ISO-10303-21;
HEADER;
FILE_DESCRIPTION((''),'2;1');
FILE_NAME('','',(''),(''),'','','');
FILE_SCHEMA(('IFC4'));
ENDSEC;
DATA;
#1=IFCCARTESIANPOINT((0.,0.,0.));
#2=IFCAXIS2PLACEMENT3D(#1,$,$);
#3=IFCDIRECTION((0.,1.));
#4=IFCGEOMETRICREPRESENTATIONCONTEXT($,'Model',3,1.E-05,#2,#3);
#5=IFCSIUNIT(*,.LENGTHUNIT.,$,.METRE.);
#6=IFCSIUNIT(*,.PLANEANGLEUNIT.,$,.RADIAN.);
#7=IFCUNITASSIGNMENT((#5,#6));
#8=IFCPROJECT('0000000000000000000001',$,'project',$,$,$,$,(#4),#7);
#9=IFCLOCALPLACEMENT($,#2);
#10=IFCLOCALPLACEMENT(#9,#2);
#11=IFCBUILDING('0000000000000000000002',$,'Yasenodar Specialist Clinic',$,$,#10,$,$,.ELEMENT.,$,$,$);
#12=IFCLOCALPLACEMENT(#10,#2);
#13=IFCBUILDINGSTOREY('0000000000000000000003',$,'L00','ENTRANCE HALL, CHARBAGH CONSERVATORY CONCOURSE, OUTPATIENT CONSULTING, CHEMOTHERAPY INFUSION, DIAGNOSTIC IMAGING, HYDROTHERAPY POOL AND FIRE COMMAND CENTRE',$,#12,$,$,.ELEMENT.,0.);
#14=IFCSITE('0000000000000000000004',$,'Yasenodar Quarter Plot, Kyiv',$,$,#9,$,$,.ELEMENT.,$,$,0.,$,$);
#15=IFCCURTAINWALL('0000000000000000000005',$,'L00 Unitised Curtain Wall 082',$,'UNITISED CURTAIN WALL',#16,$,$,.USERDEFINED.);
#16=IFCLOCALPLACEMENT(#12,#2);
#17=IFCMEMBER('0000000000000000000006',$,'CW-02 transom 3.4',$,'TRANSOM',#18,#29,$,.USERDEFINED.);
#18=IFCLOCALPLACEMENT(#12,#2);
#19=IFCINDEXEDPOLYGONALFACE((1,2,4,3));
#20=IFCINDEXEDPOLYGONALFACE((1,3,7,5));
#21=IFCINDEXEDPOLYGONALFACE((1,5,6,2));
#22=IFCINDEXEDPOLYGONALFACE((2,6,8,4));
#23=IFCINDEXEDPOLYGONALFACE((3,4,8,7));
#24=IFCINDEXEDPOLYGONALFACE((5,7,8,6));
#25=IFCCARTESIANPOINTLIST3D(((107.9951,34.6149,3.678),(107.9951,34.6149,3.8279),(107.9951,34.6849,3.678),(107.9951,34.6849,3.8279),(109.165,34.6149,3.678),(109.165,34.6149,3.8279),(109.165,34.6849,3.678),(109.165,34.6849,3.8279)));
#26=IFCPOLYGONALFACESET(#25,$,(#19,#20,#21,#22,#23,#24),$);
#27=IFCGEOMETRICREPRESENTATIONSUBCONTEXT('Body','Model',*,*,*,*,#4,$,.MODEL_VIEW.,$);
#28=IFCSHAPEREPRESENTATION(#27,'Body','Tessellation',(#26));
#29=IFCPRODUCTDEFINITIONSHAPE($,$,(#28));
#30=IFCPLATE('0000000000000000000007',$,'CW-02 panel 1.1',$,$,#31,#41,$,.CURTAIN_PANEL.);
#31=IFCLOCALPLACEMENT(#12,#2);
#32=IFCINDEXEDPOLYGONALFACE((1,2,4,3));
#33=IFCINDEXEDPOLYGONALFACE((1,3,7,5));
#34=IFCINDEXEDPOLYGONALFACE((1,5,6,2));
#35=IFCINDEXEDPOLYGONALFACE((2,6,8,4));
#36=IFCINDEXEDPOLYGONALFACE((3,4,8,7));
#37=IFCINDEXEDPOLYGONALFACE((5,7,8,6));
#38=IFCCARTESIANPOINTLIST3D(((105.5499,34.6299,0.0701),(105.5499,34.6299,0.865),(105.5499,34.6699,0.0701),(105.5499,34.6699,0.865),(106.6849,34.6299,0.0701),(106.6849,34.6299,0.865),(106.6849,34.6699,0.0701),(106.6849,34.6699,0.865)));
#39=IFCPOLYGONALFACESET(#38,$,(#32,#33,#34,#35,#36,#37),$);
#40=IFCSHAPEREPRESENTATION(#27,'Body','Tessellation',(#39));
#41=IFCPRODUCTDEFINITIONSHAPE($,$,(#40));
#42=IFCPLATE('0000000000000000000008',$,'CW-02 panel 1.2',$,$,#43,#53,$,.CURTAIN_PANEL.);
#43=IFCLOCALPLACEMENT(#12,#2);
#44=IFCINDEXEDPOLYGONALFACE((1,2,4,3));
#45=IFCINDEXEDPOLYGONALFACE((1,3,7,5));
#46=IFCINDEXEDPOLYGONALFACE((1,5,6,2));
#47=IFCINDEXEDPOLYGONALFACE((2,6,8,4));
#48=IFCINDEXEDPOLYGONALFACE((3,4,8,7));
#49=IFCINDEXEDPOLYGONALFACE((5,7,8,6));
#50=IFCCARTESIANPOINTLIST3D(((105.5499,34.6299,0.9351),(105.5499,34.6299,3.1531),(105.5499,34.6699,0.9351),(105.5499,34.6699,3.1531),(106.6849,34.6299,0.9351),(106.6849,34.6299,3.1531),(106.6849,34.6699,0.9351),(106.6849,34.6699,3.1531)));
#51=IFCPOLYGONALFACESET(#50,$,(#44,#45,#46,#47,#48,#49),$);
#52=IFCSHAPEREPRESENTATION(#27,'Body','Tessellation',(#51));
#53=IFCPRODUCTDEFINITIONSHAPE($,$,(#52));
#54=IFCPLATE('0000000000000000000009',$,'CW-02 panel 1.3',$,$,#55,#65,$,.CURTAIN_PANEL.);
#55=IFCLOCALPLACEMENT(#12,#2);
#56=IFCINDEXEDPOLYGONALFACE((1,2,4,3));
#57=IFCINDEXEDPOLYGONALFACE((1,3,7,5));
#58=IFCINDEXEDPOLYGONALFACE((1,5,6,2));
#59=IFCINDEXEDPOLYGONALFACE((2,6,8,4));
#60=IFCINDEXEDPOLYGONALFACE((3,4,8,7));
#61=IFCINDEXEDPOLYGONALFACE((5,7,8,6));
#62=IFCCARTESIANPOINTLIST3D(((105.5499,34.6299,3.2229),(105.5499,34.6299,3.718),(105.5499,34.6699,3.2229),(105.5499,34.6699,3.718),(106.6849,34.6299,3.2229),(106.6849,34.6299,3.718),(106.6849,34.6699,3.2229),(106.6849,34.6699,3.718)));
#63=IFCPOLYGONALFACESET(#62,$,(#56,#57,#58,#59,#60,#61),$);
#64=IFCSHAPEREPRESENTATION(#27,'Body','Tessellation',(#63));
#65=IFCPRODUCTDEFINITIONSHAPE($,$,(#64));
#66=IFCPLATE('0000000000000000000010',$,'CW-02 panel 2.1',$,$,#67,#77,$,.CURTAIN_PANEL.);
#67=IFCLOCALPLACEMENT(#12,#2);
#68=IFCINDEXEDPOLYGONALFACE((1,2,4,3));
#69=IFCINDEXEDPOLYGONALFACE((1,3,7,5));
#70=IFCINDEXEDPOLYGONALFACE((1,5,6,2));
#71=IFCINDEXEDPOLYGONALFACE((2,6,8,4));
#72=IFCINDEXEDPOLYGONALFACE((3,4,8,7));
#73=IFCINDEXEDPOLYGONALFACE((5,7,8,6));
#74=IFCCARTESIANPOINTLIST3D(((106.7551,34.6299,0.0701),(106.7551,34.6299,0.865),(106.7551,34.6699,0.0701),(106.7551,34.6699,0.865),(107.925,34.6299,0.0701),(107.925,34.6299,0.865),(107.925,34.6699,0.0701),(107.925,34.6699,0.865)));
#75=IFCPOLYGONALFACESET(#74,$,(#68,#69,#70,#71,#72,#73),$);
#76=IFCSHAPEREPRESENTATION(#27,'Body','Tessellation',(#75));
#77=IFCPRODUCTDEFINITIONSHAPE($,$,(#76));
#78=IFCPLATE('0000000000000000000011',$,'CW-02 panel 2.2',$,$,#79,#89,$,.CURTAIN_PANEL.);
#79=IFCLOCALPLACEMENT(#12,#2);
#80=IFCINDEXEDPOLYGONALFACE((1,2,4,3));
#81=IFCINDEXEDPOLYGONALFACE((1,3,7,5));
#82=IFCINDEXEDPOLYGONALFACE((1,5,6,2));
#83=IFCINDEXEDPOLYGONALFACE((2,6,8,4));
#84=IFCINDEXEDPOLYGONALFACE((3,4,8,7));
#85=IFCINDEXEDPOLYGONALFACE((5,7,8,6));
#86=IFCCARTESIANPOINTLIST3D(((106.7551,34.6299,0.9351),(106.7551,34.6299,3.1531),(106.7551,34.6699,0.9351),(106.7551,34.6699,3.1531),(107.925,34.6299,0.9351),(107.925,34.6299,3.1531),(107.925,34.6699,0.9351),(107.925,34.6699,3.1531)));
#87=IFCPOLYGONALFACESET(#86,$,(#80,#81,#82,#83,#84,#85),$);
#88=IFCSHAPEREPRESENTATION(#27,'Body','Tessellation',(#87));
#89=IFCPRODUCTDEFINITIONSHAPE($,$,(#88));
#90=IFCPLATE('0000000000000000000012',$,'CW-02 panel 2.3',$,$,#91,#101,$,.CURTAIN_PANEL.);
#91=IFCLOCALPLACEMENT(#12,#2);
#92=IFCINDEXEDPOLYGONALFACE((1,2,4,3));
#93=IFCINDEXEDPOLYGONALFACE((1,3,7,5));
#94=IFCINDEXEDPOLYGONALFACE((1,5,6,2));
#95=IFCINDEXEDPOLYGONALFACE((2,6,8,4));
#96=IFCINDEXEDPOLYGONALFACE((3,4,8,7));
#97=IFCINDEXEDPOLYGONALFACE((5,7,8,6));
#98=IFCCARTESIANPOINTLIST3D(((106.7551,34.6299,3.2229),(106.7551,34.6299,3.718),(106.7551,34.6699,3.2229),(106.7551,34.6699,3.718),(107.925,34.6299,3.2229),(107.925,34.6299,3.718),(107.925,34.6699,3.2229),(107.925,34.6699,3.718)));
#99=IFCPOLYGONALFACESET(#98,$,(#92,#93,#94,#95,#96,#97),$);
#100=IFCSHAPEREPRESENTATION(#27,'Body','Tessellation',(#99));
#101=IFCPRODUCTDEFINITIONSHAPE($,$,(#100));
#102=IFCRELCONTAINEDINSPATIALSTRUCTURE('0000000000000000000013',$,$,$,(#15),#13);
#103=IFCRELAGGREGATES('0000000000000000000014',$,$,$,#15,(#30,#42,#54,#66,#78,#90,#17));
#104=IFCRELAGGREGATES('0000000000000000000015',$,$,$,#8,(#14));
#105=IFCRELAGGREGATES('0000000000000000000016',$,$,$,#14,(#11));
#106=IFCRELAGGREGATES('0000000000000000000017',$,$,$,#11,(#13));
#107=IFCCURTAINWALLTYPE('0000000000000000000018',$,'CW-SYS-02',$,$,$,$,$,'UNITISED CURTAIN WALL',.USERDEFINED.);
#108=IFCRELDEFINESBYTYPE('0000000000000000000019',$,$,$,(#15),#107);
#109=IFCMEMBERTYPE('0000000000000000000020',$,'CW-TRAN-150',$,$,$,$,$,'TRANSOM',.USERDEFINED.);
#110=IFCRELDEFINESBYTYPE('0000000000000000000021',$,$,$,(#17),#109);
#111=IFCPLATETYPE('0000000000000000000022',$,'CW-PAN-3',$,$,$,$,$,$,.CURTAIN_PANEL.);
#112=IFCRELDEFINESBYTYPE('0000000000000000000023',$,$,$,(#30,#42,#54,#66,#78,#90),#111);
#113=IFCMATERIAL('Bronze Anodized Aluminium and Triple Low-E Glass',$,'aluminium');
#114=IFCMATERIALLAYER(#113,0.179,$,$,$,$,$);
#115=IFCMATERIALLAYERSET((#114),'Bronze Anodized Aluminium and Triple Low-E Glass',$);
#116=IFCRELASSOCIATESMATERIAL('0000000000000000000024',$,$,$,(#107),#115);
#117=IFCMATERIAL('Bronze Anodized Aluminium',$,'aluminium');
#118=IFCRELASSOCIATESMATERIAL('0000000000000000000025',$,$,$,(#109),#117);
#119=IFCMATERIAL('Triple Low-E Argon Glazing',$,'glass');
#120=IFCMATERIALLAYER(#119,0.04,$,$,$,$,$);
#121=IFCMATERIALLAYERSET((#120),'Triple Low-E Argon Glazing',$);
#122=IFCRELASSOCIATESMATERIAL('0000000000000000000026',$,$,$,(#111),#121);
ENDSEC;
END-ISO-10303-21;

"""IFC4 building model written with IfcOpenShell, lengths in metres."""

from ifc_helpers import new_model, si_unit, direction, frame, origin, origin_2d, place, context, subcontext, project, spatial, rectangle, extrude, material, layer, layer_set, material_profile, profile_set, type_object, element, aggregate, save


model = new_model("IFC4")

# Units and contexts
model_context = context("Model", 3, precision=1e-05, world=origin(), true_north=direction((0.0, 1.0)))
body_context = subcontext(model_context, "Body", "Model", "MODEL_VIEW")
ifc_project = project(units=[si_unit("LENGTHUNIT", "METRE"), si_unit("PLANEANGLEUNIT", "RADIAN")], contexts=[model_context])

# Site, building, storey
site_placement = place(None, origin())
site = spatial("IfcSite", under=ifc_project, at=site_placement, Name="Yasenodar Quarter Plot, Kyiv", CompositionType="ELEMENT", RefElevation=0.0)
building_placement = place(site_placement, origin())
building = spatial("IfcBuilding", under=site, at=building_placement, Name="Yasenodar Specialist Clinic", CompositionType="ELEMENT")
storey_placement = place(building_placement, origin())
storey = spatial("IfcBuildingStorey", under=building, at=storey_placement, Name="L00", Description="ENTRANCE HALL, CHARBAGH CONSERVATORY CONCOURSE, OUTPATIENT CONSULTING, CHEMOTHERAPY INFUSION, DIAGNOSTIC IMAGING, HYDROTHERAPY POOL AND FIRE COMMAND CENTRE", CompositionType="ELEMENT", Elevation=0.0)

# Shared definitions
ifc_material_1 = material(Name="Bronze Anodized Aluminium and Triple Low-E Glass", Category="aluminium")
ifc_layer_1 = layer(ifc_material_1, 0.179)
ifc_layer_set_1 = layer_set([ifc_layer_1], Name="Bronze Anodized Aluminium and Triple Low-E Glass")
curtain_wall_type = type_object("IfcCurtainWallType", Name="CW-SYS-02", ElementType="UNITISED CURTAIN WALL", PredefinedType="USERDEFINED", material=ifc_layer_set_1)
ifc_material_2 = material(Name="Bronze Anodized Aluminium", Category="aluminium")

# Curtain wall, member, plates
curtain_wall_1_placement = place(storey_placement, origin())
curtain_wall_1 = element("IfcCurtainWall", 1, at=curtain_wall_1_placement, inside=storey, type_object=curtain_wall_type, Name="L00 Unitised Curtain Wall 082", ObjectType="UNITISED CURTAIN WALL", PredefinedType="USERDEFINED")
ifc_material_profile_1 = material_profile(ifc_material_2, rectangle(XDim=0.0701, YDim=0.1499, at=origin_2d()), Name="CW-TRAN 70x150")
ifc_profile_set_1 = profile_set([ifc_material_profile_1], Name="Bronze Anodized Aluminium")
member_type_1 = type_object("IfcMemberType", Name="CW-TRAN-150", ElementType="TRANSOM", PredefinedType="USERDEFINED", material=ifc_profile_set_1)
member_1_placement = place(storey_placement, frame((107.9951, 34.6499, 3.7529), z_axis=(1.0, 0.0, 0.0), x_axis=(0.0, 1.0, 0.0)))
member_1 = element("IfcMember", 2, at=member_1_placement, type_object=member_type_1, Name="CW-02 transom 3.4", ObjectType="TRANSOM", PredefinedType="USERDEFINED", context=body_context, shape_type="SweptSolid", body=[
    extrude(rectangle(XDim=0.0701, YDim=0.1499, at=origin_2d()), origin(), (0.0, 0.0, 1.0), 1.1699),
])
ifc_material_3 = material(Name="Triple Low-E Argon Glazing", Category="glass")
ifc_layer_2 = layer(ifc_material_3, 0.04)
ifc_layer_set_2 = layer_set([ifc_layer_2], Name="Triple Low-E Argon Glazing")
plate_type = type_object("IfcPlateType", Name="CW-PAN-3", PredefinedType="CURTAIN_PANEL", material=ifc_layer_set_2)
plate_1_placement = place(storey_placement, frame((106.1174, 34.6499, 0.0701), z_axis=(0.0, 0.0, 1.0), x_axis=(1.0, 0.0, 0.0)))
plate_1 = element("IfcPlate", 3, at=plate_1_placement, type_object=plate_type, Name="CW-02 panel 1.1", PredefinedType="CURTAIN_PANEL", context=body_context, shape_type="SweptSolid", body=[
    extrude(rectangle(XDim=1.135, YDim=0.04, at=origin_2d()), origin(), (0.0, 0.0, 1.0), 0.7949),
])
plate_2_placement = place(storey_placement, frame((106.1174, 34.6499, 0.9351), z_axis=(0.0, 0.0, 1.0), x_axis=(1.0, 0.0, 0.0)))
plate_2 = element("IfcPlate", 4, at=plate_2_placement, type_object=plate_type, Name="CW-02 panel 1.2", PredefinedType="CURTAIN_PANEL", context=body_context, shape_type="SweptSolid", body=[
    extrude(rectangle(XDim=1.135, YDim=0.04, at=origin_2d()), origin(), (0.0, 0.0, 1.0), 2.218),
])
plate_3_placement = place(storey_placement, frame((106.1174, 34.6499, 3.2229), z_axis=(0.0, 0.0, 1.0), x_axis=(1.0, 0.0, 0.0)))
plate_3 = element("IfcPlate", 5, at=plate_3_placement, type_object=plate_type, Name="CW-02 panel 1.3", PredefinedType="CURTAIN_PANEL", context=body_context, shape_type="SweptSolid", body=[
    extrude(rectangle(XDim=1.135, YDim=0.04, at=origin_2d()), origin(), (0.0, 0.0, 1.0), 0.4951),
])
plate_4_placement = place(storey_placement, frame((107.3401, 34.6499, 0.0701), z_axis=(0.0, 0.0, 1.0), x_axis=(1.0, 0.0, 0.0)))
plate_4 = element("IfcPlate", 6, at=plate_4_placement, type_object=plate_type, Name="CW-02 panel 2.1", PredefinedType="CURTAIN_PANEL", context=body_context, shape_type="SweptSolid", body=[
    extrude(rectangle(XDim=1.1699, YDim=0.04, at=origin_2d()), origin(), (0.0, 0.0, 1.0), 0.7949),
])
plate_5_placement = place(storey_placement, frame((107.3401, 34.6499, 0.9351), z_axis=(0.0, 0.0, 1.0), x_axis=(1.0, 0.0, 0.0)))
plate_5 = element("IfcPlate", 7, at=plate_5_placement, type_object=plate_type, Name="CW-02 panel 2.2", PredefinedType="CURTAIN_PANEL", context=body_context, shape_type="SweptSolid", body=[
    extrude(rectangle(XDim=1.1699, YDim=0.04, at=origin_2d()), origin(), (0.0, 0.0, 1.0), 2.218),
])
plate_6_placement = place(storey_placement, frame((107.3401, 34.6499, 3.2229), z_axis=(0.0, 0.0, 1.0), x_axis=(1.0, 0.0, 0.0)))
plate_6 = element("IfcPlate", 8, at=plate_6_placement, type_object=plate_type, Name="CW-02 panel 2.3", PredefinedType="CURTAIN_PANEL", context=body_context, shape_type="SweptSolid", body=[
    extrude(rectangle(XDim=1.1699, YDim=0.04, at=origin_2d()), origin(), (0.0, 0.0, 1.0), 0.4951),
])
aggregate(curtain_wall_1, [plate_1, plate_2, plate_3, plate_4, plate_5, plate_6, member_1])

save(model, "model.ifc")
